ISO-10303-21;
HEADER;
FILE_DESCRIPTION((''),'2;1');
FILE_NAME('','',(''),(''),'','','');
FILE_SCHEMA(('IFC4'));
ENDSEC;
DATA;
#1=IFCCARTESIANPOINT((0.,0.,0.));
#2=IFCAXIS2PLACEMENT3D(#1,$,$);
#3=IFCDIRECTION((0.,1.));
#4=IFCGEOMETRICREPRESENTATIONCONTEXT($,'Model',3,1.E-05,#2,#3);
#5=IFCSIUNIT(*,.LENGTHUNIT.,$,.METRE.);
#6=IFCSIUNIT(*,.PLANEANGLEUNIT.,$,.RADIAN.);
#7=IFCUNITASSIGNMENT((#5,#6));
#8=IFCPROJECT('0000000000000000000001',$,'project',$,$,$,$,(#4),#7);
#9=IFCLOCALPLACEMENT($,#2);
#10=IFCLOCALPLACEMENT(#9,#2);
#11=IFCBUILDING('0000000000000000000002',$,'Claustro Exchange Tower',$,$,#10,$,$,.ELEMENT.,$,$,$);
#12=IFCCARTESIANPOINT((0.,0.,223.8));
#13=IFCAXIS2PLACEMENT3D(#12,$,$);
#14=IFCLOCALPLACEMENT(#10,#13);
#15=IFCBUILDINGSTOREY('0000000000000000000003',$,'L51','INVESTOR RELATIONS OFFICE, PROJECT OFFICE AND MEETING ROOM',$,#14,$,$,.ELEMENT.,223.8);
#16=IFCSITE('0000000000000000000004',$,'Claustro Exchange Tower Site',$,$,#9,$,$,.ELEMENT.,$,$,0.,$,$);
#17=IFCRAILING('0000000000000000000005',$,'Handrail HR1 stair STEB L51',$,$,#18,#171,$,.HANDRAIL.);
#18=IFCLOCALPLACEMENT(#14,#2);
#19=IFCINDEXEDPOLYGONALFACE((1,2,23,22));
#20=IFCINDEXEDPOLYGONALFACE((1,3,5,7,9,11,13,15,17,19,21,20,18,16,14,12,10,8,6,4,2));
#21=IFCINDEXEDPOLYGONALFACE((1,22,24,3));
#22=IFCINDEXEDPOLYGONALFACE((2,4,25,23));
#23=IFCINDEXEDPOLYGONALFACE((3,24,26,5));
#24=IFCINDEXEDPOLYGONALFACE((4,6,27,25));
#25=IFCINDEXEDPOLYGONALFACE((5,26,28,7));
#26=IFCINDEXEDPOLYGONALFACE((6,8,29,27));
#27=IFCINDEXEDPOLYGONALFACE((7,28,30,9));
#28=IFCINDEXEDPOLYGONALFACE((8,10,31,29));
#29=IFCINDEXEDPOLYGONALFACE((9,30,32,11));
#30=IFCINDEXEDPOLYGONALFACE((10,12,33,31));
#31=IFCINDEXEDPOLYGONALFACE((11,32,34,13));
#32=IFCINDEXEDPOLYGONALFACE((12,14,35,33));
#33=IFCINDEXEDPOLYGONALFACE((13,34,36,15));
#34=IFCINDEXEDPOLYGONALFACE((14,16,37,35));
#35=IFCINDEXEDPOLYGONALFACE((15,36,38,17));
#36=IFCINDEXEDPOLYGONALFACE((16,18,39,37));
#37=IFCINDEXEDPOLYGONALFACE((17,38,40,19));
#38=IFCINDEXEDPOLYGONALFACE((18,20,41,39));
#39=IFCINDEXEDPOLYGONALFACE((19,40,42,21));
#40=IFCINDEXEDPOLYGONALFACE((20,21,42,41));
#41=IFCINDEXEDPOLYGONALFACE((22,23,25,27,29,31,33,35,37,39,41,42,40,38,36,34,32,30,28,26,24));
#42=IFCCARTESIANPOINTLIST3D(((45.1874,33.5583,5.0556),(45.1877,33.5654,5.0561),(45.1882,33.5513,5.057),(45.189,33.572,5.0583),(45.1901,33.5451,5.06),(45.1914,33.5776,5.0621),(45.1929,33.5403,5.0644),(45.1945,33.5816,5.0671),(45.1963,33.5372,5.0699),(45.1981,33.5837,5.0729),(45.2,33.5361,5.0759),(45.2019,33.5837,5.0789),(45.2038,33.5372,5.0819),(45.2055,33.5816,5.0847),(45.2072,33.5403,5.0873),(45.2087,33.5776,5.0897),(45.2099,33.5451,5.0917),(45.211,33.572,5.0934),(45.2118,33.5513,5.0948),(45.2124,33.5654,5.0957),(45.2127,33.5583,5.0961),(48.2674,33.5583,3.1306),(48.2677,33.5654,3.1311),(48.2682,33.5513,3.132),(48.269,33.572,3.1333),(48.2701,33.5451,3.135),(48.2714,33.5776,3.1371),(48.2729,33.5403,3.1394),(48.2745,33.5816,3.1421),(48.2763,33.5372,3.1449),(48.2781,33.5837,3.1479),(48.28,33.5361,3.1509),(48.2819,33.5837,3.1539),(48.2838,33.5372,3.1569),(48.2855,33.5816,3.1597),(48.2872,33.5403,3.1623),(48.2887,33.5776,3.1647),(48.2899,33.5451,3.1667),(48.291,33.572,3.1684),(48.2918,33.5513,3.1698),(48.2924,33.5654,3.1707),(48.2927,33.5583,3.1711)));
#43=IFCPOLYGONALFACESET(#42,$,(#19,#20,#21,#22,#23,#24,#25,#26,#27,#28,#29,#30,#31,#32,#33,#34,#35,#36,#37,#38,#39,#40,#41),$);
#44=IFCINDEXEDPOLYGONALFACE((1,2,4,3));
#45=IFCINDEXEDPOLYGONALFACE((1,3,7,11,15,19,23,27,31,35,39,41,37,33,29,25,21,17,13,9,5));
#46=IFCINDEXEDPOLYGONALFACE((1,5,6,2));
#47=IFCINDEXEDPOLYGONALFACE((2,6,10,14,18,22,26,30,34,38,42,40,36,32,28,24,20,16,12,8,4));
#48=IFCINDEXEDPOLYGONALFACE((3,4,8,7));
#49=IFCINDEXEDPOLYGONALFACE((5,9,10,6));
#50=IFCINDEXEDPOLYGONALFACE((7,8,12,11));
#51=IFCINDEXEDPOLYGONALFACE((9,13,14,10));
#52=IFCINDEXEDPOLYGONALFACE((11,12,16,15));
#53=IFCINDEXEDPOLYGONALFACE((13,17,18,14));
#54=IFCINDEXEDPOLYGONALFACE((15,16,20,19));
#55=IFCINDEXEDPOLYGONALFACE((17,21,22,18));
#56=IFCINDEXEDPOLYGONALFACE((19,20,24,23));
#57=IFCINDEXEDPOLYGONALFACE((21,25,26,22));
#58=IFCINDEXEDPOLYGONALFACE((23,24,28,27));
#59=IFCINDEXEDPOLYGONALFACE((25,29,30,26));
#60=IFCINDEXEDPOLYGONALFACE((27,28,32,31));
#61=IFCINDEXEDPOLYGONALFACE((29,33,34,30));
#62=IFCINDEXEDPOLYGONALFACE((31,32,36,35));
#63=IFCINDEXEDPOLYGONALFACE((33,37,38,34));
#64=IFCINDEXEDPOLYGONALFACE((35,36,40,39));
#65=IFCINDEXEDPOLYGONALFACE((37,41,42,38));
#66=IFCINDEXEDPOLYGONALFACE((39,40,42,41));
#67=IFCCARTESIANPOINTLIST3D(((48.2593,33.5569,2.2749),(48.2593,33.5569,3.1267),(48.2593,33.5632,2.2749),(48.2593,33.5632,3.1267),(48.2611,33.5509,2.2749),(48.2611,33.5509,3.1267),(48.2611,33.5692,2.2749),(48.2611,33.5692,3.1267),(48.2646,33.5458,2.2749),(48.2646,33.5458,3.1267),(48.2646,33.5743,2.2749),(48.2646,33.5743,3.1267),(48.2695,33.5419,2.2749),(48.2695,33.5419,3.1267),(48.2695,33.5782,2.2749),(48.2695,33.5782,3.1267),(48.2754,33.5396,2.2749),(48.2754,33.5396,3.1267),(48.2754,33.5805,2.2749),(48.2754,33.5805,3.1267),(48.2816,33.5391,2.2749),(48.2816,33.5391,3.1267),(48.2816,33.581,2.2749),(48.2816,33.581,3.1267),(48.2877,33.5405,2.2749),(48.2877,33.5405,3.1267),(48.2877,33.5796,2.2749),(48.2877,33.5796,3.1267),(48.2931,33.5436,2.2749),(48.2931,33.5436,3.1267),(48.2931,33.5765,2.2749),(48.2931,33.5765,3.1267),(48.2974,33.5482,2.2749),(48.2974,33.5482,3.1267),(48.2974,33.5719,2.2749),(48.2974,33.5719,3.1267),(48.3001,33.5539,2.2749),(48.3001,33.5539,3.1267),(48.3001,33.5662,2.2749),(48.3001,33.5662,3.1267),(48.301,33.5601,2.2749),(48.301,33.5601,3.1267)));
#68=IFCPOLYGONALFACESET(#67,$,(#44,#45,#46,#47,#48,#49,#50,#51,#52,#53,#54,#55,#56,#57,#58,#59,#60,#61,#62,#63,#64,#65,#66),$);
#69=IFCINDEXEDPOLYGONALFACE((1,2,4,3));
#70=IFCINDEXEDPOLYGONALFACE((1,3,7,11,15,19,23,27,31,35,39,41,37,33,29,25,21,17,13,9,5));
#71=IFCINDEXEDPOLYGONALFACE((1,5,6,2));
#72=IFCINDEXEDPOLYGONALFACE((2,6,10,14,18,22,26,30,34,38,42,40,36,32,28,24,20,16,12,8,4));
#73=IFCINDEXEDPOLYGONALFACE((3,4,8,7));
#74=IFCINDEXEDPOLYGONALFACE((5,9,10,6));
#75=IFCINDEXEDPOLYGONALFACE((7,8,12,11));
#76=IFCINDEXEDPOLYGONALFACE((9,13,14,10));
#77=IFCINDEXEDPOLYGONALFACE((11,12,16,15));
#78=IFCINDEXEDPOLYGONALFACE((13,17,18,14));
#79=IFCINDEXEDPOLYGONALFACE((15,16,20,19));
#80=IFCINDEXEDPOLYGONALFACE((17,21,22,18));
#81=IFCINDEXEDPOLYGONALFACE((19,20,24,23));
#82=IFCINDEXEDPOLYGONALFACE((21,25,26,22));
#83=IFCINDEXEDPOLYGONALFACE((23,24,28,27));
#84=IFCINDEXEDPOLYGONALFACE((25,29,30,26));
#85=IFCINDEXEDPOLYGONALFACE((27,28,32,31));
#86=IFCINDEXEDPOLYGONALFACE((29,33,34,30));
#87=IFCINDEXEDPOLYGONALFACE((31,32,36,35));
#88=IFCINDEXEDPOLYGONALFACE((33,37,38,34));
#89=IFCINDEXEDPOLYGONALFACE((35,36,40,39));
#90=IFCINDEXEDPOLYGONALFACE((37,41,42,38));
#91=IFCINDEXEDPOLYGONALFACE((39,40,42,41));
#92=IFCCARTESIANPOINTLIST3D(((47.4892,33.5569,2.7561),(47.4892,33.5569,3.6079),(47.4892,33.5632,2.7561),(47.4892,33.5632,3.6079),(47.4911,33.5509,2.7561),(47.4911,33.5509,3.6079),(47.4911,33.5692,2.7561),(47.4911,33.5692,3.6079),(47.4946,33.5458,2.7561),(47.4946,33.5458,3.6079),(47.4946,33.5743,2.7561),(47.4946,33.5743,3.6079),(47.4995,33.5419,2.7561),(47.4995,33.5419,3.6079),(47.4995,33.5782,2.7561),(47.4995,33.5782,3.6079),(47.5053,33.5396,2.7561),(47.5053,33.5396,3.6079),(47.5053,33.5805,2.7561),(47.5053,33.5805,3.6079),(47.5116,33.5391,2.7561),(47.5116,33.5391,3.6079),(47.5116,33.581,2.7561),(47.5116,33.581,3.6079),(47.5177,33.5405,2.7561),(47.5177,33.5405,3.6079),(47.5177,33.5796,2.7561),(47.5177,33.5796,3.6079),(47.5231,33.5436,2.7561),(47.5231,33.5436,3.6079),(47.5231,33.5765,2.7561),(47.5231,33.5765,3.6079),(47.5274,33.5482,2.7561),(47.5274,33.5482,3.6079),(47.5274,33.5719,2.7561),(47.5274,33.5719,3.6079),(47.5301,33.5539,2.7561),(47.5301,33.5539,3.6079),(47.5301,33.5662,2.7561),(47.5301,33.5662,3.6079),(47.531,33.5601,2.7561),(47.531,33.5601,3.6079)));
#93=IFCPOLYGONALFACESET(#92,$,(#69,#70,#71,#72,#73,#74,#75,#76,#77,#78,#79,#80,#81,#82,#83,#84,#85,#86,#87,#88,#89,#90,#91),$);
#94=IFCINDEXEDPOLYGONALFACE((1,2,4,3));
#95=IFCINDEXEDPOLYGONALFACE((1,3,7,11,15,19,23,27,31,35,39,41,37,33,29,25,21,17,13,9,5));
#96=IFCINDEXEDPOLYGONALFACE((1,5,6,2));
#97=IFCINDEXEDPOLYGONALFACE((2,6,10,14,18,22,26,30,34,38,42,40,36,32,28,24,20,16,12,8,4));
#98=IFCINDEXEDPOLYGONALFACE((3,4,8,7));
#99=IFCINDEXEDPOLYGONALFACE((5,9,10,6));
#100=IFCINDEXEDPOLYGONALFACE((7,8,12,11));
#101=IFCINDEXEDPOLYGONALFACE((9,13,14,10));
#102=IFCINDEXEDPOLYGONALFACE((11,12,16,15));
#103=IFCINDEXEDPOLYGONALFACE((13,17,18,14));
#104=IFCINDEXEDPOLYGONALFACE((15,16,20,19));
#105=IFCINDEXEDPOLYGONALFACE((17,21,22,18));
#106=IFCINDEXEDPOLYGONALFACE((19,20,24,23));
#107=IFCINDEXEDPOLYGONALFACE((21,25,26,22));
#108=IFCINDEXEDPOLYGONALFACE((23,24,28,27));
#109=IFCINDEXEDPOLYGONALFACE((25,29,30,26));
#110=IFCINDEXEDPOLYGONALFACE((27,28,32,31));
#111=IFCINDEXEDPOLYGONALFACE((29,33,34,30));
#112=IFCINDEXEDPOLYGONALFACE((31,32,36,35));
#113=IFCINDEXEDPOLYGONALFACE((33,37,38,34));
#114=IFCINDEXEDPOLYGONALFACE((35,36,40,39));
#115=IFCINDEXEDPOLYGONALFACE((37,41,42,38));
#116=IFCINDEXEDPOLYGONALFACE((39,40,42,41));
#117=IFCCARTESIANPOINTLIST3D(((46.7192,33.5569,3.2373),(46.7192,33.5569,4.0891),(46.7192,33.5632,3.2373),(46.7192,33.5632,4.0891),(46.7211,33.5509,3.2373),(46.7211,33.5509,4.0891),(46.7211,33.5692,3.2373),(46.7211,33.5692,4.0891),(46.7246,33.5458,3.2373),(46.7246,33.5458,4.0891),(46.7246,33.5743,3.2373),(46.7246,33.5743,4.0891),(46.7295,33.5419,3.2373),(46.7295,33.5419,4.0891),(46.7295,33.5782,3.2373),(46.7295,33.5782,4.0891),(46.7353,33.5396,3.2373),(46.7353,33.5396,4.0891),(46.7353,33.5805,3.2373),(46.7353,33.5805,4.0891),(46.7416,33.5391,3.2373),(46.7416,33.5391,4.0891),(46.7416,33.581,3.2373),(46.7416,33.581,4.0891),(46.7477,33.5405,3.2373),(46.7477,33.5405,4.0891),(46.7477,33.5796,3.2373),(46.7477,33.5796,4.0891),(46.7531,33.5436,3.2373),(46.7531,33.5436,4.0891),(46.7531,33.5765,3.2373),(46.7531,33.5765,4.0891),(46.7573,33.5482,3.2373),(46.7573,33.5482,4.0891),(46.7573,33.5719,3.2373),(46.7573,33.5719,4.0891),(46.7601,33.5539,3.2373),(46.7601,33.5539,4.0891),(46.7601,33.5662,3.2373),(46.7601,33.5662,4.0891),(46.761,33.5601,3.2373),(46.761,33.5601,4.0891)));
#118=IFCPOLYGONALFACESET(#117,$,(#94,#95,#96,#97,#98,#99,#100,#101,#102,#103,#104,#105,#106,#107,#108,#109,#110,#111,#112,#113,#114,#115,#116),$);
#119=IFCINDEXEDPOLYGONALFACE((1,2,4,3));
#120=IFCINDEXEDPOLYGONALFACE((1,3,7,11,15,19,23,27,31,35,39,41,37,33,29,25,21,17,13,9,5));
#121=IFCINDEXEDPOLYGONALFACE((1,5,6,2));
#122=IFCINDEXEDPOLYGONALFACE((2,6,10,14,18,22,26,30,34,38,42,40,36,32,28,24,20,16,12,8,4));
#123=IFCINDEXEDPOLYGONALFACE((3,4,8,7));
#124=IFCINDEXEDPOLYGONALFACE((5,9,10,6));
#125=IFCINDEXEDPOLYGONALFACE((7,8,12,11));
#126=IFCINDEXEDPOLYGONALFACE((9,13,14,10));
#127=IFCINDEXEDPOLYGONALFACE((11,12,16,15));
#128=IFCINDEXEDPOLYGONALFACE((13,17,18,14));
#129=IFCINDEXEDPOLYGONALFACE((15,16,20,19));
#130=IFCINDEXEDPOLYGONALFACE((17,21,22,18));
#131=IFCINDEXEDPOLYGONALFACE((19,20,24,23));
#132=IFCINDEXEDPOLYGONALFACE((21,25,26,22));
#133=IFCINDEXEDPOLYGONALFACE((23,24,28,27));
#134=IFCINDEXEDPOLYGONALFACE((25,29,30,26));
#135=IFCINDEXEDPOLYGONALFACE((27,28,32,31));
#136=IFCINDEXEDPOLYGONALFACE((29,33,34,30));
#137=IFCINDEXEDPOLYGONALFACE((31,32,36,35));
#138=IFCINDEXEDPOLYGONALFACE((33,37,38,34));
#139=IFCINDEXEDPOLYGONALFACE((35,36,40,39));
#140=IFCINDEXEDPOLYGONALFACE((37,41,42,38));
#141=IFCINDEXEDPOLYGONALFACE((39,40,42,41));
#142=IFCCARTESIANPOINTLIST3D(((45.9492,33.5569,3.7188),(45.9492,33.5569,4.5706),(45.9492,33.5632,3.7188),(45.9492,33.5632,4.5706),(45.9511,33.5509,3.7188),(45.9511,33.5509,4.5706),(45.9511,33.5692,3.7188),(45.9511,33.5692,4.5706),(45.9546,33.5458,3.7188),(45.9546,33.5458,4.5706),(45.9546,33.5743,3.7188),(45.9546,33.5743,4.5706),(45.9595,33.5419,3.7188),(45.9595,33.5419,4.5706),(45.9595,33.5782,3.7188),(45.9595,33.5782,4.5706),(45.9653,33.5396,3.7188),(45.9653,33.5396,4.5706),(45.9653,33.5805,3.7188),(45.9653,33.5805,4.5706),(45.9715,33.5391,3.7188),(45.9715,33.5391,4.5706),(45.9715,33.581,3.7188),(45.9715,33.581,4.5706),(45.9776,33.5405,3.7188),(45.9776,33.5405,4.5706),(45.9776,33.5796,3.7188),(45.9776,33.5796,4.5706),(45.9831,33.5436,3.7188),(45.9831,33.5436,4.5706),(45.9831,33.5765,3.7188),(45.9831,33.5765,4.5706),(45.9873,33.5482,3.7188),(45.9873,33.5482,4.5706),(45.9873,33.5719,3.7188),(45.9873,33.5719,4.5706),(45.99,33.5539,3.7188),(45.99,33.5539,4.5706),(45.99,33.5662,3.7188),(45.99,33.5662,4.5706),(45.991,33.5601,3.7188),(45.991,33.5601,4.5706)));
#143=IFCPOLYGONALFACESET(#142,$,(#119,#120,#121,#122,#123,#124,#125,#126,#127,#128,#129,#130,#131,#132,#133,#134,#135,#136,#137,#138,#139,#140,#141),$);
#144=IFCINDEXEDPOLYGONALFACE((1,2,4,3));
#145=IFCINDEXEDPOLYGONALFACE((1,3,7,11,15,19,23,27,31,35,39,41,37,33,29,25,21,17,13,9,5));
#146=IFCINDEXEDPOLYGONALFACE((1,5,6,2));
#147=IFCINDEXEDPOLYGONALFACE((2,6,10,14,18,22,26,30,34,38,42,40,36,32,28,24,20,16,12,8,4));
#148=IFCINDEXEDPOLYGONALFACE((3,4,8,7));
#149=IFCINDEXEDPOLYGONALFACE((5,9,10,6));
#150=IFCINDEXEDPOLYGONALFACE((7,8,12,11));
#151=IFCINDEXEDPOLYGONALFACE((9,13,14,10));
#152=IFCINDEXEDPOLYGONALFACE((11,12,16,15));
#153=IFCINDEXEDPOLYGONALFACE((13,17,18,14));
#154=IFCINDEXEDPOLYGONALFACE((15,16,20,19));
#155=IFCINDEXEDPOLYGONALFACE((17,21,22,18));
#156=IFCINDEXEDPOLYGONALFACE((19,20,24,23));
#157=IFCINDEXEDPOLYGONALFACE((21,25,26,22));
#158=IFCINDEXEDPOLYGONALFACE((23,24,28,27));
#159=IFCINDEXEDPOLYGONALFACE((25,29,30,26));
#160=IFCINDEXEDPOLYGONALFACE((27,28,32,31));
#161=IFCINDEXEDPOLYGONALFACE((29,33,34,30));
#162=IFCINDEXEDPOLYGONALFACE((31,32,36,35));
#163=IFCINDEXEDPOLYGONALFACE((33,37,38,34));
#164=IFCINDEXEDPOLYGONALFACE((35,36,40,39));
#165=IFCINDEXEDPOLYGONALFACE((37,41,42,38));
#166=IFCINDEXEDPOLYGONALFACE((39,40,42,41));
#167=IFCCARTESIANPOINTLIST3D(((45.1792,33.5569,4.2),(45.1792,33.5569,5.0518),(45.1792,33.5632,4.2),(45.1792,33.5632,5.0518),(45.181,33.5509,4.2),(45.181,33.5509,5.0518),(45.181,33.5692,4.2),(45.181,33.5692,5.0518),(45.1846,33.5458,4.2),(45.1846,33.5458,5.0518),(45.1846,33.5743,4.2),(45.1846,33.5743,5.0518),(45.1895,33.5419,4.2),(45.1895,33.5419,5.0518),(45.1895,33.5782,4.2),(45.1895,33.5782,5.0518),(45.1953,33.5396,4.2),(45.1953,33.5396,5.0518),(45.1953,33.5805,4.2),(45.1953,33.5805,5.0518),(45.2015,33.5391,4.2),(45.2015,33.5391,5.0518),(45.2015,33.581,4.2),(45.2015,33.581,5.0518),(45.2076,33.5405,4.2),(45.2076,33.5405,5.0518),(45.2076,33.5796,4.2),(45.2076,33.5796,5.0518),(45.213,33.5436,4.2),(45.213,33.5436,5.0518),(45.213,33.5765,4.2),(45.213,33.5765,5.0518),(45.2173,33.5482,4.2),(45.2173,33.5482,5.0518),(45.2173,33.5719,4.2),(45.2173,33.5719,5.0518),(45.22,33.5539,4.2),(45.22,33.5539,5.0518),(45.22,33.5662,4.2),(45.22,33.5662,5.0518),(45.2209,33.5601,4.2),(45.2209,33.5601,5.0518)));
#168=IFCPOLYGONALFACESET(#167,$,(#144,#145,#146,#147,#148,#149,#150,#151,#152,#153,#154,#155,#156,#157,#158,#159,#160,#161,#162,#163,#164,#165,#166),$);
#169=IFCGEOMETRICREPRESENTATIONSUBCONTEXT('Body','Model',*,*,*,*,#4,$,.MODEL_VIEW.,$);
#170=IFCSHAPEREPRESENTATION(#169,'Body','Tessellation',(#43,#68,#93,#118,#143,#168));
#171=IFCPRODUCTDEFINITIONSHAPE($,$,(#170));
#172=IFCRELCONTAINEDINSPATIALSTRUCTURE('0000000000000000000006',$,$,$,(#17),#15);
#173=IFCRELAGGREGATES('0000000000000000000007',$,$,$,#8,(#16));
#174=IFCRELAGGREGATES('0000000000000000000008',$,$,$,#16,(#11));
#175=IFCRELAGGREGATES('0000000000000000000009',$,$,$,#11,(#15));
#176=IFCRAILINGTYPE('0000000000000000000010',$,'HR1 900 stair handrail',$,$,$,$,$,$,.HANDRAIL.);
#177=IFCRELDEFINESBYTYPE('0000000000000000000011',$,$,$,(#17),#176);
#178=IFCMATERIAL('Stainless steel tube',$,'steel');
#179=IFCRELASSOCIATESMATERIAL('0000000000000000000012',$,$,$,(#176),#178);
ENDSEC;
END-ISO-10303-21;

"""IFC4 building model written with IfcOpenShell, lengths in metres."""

from ifc_helpers import new_model, si_unit, direction, frame, origin, origin_2d, place, context, subcontext, project, spatial, circle, extrude, material, type_object, element, save


model = new_model("IFC4")

# Units and contexts
model_context = context("Model", 3, precision=1e-05, world=origin(), true_north=direction((0.0, 1.0)))
body_context = subcontext(model_context, "Body", "Model", "MODEL_VIEW")
ifc_project = project(units=[si_unit("LENGTHUNIT", "METRE"), si_unit("PLANEANGLEUNIT", "RADIAN")], contexts=[model_context])

# Site, building, storey
site_placement = place(None, origin())
site = spatial("IfcSite", under=ifc_project, at=site_placement, Name="Claustro Exchange Tower Site", CompositionType="ELEMENT", RefElevation=0.0)
building_placement = place(site_placement, origin())
building = spatial("IfcBuilding", under=site, at=building_placement, Name="Claustro Exchange Tower", CompositionType="ELEMENT")
storey_placement = place(building_placement, frame((0.0, 0.0, 223.8)))
storey = spatial("IfcBuildingStorey", under=building, at=storey_placement, Name="L51", Description="INVESTOR RELATIONS OFFICE, PROJECT OFFICE AND MEETING ROOM", CompositionType="ELEMENT", Elevation=223.8)

# Railing
ifc_material_1 = material(Name="Stainless steel tube", Category="steel")
railing_type_1 = type_object("IfcRailingType", Name="HR1 900 stair handrail", PredefinedType="HANDRAIL", material=ifc_material_1)
railing_1_placement = place(storey_placement, frame((48.28, 33.5601, 2.2749)))
element("IfcRailing", 1, at=railing_1_placement, inside=storey, type_object=railing_type_1, Name="Handrail HR1 stair STEB L51", PredefinedType="HANDRAIL", context=body_context, shape_type="SweptSolid", body=[
    extrude(circle(Radius=0.0239, at=origin_2d()), frame((0.0, 0.0, 0.876), z_axis=(-0.847998, 0.0, 0.529999), x_axis=(0.0, -1.0, 0.0)), (0.0, 0.0, 1.0), 3.6321),
    extrude(circle(Radius=0.021, at=origin_2d()), origin(), (0.0, 0.0, 1.0), 0.8518),
    extrude(circle(Radius=0.021, at=origin_2d()), frame((-0.77, 0.0, 0.4812)), (0.0, 0.0, 1.0), 0.8518),
    extrude(circle(Radius=0.021, at=origin_2d()), frame((-1.54, 0.0, 0.9624)), (0.0, 0.0, 1.0), 0.8518),
    extrude(circle(Radius=0.021, at=origin_2d()), frame((-2.3101, 0.0, 1.4438)), (0.0, 0.0, 1.0), 0.8518),
    extrude(circle(Radius=0.021, at=origin_2d()), frame((-3.0801, 0.0, 1.925)), (0.0, 0.0, 1.0), 0.8518),
])

save(model, "model.ifc")
